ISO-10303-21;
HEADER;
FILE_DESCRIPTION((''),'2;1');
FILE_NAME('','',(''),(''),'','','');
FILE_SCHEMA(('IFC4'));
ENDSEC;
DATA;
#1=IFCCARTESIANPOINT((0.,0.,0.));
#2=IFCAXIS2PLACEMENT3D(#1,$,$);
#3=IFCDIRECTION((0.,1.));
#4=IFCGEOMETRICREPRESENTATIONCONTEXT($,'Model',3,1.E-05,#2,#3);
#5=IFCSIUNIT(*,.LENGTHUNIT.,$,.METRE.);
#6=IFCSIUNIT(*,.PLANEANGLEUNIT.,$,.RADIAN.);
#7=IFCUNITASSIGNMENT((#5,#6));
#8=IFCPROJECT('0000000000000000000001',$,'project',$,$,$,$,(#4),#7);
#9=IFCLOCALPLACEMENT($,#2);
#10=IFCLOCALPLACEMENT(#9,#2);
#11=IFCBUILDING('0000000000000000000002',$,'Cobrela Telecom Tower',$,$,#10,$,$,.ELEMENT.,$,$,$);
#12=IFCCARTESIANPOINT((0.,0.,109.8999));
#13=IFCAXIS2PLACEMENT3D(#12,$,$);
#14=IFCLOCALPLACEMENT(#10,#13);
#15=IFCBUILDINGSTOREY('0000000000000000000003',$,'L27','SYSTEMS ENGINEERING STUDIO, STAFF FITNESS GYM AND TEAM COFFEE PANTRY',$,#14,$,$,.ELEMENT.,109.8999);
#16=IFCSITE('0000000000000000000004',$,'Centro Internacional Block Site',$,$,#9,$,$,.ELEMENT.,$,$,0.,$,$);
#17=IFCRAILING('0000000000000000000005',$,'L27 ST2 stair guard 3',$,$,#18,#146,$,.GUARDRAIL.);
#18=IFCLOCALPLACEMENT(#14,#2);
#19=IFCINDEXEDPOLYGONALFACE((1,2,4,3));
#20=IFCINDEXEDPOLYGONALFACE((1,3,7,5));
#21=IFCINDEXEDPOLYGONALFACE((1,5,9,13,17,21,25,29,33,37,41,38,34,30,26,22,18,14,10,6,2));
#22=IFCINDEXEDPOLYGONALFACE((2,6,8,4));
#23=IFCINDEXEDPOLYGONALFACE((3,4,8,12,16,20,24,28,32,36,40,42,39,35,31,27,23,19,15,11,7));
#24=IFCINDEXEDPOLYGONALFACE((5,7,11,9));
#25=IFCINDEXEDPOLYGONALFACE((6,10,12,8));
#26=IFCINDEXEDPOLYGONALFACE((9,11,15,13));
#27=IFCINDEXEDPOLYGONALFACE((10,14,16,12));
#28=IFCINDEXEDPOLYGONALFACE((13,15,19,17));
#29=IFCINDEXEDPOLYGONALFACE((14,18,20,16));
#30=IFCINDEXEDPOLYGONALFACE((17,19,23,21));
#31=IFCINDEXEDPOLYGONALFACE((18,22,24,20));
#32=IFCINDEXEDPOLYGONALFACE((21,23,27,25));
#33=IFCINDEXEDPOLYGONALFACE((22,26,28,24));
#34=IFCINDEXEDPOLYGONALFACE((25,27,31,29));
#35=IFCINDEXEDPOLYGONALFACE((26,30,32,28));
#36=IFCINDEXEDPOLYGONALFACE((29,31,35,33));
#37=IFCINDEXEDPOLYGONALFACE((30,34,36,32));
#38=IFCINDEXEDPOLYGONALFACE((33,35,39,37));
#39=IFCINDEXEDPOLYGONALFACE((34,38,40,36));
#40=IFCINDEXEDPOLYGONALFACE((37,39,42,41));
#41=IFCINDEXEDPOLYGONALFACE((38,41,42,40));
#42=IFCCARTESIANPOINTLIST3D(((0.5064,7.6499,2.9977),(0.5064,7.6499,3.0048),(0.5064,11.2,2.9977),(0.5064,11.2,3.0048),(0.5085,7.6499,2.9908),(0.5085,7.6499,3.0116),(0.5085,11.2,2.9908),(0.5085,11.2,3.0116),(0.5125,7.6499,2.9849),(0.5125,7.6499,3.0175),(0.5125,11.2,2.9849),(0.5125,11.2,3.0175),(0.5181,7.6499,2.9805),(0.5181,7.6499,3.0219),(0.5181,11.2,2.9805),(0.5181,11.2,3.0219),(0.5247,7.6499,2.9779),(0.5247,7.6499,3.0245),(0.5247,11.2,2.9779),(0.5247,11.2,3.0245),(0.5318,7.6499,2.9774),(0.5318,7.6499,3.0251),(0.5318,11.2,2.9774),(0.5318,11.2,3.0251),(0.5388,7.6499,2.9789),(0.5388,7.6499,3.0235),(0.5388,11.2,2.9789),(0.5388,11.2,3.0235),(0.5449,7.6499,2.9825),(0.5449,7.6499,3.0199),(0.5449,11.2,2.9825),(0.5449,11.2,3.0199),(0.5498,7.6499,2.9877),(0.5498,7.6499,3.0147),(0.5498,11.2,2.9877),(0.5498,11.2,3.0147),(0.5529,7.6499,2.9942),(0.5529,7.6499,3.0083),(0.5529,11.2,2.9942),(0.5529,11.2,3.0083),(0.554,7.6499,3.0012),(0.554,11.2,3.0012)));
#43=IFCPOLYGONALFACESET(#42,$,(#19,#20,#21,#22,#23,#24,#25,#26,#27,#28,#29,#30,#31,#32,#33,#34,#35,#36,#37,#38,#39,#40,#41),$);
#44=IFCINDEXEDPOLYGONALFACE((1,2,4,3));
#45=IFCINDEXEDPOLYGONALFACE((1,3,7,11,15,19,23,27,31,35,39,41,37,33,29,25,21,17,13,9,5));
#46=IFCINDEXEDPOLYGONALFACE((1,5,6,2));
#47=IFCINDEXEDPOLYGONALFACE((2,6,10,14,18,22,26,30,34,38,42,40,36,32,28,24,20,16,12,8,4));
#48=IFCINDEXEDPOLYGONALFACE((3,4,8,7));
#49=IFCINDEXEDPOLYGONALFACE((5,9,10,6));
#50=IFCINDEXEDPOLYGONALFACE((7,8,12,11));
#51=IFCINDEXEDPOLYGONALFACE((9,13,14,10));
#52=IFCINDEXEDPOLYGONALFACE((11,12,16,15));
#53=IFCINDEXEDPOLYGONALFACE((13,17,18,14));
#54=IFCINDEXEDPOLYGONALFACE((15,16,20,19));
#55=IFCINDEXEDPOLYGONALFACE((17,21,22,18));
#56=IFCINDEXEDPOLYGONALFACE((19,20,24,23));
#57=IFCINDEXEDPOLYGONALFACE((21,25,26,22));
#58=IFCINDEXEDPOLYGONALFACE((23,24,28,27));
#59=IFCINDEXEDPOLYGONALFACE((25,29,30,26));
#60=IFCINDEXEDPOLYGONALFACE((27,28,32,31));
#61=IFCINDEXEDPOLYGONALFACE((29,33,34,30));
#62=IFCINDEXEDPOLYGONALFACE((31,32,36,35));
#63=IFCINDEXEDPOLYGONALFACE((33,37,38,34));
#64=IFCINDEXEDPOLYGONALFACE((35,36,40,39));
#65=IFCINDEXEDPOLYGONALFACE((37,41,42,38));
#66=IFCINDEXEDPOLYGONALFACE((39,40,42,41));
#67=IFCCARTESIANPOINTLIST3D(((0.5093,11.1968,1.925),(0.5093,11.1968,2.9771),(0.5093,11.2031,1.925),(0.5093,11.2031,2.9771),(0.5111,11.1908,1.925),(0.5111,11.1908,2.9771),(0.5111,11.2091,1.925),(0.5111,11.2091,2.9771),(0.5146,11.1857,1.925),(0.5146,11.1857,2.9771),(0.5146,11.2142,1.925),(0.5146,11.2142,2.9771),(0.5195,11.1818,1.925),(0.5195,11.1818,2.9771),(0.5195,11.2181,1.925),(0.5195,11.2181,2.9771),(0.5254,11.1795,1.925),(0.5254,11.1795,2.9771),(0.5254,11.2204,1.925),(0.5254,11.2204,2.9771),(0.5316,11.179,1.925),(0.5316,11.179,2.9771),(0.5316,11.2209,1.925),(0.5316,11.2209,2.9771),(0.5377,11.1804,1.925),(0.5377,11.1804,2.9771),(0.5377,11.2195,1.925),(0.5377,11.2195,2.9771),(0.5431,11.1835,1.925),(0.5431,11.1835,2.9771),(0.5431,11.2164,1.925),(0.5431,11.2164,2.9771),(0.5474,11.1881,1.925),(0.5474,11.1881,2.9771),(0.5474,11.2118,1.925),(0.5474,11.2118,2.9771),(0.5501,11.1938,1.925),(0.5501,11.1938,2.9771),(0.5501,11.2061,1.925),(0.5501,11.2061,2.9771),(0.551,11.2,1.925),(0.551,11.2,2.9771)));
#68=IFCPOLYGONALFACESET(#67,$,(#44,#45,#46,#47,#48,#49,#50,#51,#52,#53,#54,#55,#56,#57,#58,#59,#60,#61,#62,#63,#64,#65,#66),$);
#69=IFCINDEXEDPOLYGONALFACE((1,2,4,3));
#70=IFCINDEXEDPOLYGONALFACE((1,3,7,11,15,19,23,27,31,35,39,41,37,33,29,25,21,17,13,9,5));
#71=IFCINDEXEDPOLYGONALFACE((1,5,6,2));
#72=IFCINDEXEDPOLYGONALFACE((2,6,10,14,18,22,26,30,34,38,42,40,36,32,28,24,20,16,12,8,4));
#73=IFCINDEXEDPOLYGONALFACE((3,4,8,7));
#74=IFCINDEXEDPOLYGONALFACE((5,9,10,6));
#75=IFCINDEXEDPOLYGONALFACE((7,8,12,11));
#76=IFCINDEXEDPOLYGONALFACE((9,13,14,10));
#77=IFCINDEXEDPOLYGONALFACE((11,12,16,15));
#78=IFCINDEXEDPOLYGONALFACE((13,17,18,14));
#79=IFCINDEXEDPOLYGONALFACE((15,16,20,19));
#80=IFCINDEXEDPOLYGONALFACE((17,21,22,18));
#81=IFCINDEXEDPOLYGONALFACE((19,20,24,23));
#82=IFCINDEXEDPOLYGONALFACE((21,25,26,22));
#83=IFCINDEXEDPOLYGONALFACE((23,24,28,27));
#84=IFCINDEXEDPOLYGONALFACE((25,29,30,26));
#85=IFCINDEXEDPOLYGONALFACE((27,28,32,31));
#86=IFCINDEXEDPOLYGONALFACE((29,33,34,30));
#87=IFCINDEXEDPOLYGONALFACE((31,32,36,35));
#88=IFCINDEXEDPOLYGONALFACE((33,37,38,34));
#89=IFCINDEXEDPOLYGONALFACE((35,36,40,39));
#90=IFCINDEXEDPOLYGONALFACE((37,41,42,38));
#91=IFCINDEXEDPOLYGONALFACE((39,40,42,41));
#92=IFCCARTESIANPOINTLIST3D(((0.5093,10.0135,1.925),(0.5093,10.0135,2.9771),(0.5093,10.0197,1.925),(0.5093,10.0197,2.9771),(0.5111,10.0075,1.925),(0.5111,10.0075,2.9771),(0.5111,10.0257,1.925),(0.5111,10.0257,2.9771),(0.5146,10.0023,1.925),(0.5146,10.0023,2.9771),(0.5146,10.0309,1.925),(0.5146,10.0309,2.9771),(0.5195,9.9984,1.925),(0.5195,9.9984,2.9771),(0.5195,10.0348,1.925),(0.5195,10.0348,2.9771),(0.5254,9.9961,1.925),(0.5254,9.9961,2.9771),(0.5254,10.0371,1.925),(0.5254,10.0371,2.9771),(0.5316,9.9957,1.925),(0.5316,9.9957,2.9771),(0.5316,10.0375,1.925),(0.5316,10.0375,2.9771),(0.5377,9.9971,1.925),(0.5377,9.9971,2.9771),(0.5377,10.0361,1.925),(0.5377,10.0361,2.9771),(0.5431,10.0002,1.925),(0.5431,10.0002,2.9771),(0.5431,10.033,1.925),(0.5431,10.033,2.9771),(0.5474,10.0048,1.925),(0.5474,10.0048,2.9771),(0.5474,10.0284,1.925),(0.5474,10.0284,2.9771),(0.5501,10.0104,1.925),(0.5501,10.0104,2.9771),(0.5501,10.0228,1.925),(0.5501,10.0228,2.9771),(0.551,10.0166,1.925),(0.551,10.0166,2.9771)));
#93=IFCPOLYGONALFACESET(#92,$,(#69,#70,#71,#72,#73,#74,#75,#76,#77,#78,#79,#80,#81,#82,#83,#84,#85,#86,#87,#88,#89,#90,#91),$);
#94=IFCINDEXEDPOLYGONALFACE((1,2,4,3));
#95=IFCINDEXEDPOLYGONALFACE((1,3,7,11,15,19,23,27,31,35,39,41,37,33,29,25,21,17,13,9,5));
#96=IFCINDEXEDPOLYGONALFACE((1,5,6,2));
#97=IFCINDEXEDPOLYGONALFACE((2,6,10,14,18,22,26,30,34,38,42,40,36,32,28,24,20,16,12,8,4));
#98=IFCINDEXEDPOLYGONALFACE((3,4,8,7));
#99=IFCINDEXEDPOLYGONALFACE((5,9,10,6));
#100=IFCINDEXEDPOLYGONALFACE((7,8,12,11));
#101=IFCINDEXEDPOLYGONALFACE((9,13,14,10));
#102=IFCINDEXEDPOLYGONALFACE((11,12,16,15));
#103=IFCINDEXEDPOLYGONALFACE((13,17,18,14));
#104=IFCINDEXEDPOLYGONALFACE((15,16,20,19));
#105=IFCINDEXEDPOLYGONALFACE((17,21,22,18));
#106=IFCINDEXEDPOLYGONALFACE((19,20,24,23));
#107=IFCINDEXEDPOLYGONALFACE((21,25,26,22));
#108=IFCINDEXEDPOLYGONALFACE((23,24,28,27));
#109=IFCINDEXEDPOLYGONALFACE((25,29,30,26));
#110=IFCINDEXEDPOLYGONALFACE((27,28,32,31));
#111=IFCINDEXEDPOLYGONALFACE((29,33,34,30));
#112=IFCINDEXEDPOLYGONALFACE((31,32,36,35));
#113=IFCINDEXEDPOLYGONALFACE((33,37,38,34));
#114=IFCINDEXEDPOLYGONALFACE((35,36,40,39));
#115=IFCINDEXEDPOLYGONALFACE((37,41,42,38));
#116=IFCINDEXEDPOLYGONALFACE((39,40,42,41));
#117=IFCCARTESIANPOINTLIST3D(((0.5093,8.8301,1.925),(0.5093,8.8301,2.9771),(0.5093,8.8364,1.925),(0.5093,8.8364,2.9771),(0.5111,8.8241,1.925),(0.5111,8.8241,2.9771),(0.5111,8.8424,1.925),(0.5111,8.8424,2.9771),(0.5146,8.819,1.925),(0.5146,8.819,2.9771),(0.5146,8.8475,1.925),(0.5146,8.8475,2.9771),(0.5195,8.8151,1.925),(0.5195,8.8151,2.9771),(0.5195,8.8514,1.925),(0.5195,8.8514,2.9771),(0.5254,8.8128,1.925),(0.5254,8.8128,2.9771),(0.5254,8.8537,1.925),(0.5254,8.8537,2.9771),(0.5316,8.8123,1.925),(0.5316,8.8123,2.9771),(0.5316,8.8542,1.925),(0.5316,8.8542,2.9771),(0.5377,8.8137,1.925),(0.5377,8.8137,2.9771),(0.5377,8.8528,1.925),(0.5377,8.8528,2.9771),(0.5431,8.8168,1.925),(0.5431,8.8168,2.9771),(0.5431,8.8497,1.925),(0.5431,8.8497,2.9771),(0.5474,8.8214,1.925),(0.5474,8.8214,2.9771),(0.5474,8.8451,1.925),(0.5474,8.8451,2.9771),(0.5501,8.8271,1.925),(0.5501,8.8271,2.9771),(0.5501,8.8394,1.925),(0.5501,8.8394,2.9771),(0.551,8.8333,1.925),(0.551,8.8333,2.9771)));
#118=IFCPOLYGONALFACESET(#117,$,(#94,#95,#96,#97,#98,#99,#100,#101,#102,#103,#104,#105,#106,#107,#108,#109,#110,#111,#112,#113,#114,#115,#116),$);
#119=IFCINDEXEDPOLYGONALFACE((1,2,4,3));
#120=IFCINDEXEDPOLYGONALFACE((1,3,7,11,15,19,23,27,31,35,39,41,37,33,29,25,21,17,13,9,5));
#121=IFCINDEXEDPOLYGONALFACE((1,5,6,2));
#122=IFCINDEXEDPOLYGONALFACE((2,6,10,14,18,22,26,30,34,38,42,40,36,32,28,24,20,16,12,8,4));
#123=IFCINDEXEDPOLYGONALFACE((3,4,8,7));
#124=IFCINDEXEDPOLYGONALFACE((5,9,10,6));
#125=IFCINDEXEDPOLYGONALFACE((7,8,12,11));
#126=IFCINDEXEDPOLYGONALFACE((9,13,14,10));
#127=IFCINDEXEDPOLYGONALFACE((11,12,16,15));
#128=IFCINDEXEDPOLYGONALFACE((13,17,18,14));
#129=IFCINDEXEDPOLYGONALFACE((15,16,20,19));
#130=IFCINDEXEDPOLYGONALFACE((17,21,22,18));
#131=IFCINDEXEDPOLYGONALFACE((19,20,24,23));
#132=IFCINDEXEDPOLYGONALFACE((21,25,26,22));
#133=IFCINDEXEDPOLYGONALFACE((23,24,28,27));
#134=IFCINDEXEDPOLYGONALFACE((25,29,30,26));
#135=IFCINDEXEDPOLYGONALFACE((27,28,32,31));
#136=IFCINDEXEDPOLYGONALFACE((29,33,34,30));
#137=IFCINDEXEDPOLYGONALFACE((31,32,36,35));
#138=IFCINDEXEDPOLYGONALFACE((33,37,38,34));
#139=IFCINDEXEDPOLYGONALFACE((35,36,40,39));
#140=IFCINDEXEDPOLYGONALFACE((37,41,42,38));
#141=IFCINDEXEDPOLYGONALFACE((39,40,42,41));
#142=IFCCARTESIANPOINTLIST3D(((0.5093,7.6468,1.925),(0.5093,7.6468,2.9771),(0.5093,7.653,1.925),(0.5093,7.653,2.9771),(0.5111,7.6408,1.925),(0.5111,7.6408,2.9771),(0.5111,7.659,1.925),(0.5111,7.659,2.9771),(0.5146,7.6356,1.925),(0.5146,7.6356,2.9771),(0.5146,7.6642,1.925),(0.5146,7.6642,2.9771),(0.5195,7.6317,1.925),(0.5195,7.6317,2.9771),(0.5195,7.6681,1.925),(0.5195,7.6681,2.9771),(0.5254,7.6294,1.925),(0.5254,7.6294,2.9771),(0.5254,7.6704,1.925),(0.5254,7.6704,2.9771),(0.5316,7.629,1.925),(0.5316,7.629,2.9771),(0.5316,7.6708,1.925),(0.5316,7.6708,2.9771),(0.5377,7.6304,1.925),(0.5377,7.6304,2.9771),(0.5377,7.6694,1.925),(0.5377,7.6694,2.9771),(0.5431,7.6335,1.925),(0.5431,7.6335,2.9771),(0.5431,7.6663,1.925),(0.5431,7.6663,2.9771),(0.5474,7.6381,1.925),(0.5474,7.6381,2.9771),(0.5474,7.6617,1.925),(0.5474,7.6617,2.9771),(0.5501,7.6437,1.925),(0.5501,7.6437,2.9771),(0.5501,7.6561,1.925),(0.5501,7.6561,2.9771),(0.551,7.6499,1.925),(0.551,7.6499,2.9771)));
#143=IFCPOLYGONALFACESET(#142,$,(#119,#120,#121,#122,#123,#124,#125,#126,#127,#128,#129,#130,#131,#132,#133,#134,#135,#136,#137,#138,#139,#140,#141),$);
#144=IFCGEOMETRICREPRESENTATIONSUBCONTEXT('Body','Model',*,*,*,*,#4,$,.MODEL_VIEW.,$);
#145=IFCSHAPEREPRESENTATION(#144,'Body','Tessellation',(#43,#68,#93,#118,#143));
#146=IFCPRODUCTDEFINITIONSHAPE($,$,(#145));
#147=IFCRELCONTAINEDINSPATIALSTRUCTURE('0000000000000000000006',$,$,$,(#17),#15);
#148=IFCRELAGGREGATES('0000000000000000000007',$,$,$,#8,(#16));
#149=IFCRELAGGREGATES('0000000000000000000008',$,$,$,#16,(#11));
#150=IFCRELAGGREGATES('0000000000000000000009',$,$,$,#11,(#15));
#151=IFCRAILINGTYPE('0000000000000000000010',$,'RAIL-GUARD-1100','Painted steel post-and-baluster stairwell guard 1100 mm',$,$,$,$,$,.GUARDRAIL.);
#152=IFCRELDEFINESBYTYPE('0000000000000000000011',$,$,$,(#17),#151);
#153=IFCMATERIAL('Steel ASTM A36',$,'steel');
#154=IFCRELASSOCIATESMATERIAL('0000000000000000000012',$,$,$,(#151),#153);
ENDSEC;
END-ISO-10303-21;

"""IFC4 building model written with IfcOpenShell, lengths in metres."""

from ifc_helpers import new_model, si_unit, direction, frame, origin, origin_2d, place, context, subcontext, project, spatial, circle, extrude, material, type_object, element, save


model = new_model("IFC4")

# Units and contexts
model_context = context("Model", 3, precision=1e-05, world=origin(), true_north=direction((0.0, 1.0)))
body_context = subcontext(model_context, "Body", "Model", "MODEL_VIEW")
ifc_project = project(units=[si_unit("LENGTHUNIT", "METRE"), si_unit("PLANEANGLEUNIT", "RADIAN")], contexts=[model_context])

# Site, building, storey
site_placement = place(None, origin())
site = spatial("IfcSite", under=ifc_project, at=site_placement, Name="Centro Internacional Block Site", CompositionType="ELEMENT", RefElevation=0.0)
building_placement = place(site_placement, origin())
building = spatial("IfcBuilding", under=site, at=building_placement, Name="Cobrela Telecom Tower", CompositionType="ELEMENT")
storey_placement = place(building_placement, frame((0.0, 0.0, 109.8999)))
storey = spatial("IfcBuildingStorey", under=building, at=storey_placement, Name="L27", Description="SYSTEMS ENGINEERING STUDIO, STAFF FITNESS GYM AND TEAM COFFEE PANTRY", CompositionType="ELEMENT", Elevation=109.8999)

# Shared definitions
ifc_material_1 = material(Name="Steel ASTM A36", Category="steel")

# Railing
railing_type_1 = type_object("IfcRailingType", Name="RAIL-GUARD-1100", Description="Painted steel post-and-baluster stairwell guard 1100 mm", PredefinedType="GUARDRAIL", material=ifc_material_1)
railing_1_placement = place(storey_placement, frame((0.53, 11.2, 1.925)))
element("IfcRailing", 1, at=railing_1_placement, inside=storey, type_object=railing_type_1, Name="L27 ST2 stair guard 3", PredefinedType="GUARDRAIL", context=body_context, shape_type="SweptSolid", body=[
    extrude(circle(Radius=0.0239, at=origin_2d()), frame((0.0, 0.0, 1.0762), z_axis=(0.0, -1.0, 0.0), x_axis=(1.0, 0.0, 0.0)), (0.0, 0.0, 1.0), 3.55),
    extrude(circle(Radius=0.021, at=origin_2d()), origin(), (0.0, 0.0, 1.0), 1.052),
    extrude(circle(Radius=0.021, at=origin_2d()), frame((0.0, -1.1833, 0.0)), (0.0, 0.0, 1.0), 1.052),
    extrude(circle(Radius=0.021, at=origin_2d()), frame((0.0, -2.3667, 0.0)), (0.0, 0.0, 1.0), 1.052),
    extrude(circle(Radius=0.021, at=origin_2d()), frame((0.0, -3.55, 0.0)), (0.0, 0.0, 1.0), 1.052),
])

save(model, "model.ifc")
